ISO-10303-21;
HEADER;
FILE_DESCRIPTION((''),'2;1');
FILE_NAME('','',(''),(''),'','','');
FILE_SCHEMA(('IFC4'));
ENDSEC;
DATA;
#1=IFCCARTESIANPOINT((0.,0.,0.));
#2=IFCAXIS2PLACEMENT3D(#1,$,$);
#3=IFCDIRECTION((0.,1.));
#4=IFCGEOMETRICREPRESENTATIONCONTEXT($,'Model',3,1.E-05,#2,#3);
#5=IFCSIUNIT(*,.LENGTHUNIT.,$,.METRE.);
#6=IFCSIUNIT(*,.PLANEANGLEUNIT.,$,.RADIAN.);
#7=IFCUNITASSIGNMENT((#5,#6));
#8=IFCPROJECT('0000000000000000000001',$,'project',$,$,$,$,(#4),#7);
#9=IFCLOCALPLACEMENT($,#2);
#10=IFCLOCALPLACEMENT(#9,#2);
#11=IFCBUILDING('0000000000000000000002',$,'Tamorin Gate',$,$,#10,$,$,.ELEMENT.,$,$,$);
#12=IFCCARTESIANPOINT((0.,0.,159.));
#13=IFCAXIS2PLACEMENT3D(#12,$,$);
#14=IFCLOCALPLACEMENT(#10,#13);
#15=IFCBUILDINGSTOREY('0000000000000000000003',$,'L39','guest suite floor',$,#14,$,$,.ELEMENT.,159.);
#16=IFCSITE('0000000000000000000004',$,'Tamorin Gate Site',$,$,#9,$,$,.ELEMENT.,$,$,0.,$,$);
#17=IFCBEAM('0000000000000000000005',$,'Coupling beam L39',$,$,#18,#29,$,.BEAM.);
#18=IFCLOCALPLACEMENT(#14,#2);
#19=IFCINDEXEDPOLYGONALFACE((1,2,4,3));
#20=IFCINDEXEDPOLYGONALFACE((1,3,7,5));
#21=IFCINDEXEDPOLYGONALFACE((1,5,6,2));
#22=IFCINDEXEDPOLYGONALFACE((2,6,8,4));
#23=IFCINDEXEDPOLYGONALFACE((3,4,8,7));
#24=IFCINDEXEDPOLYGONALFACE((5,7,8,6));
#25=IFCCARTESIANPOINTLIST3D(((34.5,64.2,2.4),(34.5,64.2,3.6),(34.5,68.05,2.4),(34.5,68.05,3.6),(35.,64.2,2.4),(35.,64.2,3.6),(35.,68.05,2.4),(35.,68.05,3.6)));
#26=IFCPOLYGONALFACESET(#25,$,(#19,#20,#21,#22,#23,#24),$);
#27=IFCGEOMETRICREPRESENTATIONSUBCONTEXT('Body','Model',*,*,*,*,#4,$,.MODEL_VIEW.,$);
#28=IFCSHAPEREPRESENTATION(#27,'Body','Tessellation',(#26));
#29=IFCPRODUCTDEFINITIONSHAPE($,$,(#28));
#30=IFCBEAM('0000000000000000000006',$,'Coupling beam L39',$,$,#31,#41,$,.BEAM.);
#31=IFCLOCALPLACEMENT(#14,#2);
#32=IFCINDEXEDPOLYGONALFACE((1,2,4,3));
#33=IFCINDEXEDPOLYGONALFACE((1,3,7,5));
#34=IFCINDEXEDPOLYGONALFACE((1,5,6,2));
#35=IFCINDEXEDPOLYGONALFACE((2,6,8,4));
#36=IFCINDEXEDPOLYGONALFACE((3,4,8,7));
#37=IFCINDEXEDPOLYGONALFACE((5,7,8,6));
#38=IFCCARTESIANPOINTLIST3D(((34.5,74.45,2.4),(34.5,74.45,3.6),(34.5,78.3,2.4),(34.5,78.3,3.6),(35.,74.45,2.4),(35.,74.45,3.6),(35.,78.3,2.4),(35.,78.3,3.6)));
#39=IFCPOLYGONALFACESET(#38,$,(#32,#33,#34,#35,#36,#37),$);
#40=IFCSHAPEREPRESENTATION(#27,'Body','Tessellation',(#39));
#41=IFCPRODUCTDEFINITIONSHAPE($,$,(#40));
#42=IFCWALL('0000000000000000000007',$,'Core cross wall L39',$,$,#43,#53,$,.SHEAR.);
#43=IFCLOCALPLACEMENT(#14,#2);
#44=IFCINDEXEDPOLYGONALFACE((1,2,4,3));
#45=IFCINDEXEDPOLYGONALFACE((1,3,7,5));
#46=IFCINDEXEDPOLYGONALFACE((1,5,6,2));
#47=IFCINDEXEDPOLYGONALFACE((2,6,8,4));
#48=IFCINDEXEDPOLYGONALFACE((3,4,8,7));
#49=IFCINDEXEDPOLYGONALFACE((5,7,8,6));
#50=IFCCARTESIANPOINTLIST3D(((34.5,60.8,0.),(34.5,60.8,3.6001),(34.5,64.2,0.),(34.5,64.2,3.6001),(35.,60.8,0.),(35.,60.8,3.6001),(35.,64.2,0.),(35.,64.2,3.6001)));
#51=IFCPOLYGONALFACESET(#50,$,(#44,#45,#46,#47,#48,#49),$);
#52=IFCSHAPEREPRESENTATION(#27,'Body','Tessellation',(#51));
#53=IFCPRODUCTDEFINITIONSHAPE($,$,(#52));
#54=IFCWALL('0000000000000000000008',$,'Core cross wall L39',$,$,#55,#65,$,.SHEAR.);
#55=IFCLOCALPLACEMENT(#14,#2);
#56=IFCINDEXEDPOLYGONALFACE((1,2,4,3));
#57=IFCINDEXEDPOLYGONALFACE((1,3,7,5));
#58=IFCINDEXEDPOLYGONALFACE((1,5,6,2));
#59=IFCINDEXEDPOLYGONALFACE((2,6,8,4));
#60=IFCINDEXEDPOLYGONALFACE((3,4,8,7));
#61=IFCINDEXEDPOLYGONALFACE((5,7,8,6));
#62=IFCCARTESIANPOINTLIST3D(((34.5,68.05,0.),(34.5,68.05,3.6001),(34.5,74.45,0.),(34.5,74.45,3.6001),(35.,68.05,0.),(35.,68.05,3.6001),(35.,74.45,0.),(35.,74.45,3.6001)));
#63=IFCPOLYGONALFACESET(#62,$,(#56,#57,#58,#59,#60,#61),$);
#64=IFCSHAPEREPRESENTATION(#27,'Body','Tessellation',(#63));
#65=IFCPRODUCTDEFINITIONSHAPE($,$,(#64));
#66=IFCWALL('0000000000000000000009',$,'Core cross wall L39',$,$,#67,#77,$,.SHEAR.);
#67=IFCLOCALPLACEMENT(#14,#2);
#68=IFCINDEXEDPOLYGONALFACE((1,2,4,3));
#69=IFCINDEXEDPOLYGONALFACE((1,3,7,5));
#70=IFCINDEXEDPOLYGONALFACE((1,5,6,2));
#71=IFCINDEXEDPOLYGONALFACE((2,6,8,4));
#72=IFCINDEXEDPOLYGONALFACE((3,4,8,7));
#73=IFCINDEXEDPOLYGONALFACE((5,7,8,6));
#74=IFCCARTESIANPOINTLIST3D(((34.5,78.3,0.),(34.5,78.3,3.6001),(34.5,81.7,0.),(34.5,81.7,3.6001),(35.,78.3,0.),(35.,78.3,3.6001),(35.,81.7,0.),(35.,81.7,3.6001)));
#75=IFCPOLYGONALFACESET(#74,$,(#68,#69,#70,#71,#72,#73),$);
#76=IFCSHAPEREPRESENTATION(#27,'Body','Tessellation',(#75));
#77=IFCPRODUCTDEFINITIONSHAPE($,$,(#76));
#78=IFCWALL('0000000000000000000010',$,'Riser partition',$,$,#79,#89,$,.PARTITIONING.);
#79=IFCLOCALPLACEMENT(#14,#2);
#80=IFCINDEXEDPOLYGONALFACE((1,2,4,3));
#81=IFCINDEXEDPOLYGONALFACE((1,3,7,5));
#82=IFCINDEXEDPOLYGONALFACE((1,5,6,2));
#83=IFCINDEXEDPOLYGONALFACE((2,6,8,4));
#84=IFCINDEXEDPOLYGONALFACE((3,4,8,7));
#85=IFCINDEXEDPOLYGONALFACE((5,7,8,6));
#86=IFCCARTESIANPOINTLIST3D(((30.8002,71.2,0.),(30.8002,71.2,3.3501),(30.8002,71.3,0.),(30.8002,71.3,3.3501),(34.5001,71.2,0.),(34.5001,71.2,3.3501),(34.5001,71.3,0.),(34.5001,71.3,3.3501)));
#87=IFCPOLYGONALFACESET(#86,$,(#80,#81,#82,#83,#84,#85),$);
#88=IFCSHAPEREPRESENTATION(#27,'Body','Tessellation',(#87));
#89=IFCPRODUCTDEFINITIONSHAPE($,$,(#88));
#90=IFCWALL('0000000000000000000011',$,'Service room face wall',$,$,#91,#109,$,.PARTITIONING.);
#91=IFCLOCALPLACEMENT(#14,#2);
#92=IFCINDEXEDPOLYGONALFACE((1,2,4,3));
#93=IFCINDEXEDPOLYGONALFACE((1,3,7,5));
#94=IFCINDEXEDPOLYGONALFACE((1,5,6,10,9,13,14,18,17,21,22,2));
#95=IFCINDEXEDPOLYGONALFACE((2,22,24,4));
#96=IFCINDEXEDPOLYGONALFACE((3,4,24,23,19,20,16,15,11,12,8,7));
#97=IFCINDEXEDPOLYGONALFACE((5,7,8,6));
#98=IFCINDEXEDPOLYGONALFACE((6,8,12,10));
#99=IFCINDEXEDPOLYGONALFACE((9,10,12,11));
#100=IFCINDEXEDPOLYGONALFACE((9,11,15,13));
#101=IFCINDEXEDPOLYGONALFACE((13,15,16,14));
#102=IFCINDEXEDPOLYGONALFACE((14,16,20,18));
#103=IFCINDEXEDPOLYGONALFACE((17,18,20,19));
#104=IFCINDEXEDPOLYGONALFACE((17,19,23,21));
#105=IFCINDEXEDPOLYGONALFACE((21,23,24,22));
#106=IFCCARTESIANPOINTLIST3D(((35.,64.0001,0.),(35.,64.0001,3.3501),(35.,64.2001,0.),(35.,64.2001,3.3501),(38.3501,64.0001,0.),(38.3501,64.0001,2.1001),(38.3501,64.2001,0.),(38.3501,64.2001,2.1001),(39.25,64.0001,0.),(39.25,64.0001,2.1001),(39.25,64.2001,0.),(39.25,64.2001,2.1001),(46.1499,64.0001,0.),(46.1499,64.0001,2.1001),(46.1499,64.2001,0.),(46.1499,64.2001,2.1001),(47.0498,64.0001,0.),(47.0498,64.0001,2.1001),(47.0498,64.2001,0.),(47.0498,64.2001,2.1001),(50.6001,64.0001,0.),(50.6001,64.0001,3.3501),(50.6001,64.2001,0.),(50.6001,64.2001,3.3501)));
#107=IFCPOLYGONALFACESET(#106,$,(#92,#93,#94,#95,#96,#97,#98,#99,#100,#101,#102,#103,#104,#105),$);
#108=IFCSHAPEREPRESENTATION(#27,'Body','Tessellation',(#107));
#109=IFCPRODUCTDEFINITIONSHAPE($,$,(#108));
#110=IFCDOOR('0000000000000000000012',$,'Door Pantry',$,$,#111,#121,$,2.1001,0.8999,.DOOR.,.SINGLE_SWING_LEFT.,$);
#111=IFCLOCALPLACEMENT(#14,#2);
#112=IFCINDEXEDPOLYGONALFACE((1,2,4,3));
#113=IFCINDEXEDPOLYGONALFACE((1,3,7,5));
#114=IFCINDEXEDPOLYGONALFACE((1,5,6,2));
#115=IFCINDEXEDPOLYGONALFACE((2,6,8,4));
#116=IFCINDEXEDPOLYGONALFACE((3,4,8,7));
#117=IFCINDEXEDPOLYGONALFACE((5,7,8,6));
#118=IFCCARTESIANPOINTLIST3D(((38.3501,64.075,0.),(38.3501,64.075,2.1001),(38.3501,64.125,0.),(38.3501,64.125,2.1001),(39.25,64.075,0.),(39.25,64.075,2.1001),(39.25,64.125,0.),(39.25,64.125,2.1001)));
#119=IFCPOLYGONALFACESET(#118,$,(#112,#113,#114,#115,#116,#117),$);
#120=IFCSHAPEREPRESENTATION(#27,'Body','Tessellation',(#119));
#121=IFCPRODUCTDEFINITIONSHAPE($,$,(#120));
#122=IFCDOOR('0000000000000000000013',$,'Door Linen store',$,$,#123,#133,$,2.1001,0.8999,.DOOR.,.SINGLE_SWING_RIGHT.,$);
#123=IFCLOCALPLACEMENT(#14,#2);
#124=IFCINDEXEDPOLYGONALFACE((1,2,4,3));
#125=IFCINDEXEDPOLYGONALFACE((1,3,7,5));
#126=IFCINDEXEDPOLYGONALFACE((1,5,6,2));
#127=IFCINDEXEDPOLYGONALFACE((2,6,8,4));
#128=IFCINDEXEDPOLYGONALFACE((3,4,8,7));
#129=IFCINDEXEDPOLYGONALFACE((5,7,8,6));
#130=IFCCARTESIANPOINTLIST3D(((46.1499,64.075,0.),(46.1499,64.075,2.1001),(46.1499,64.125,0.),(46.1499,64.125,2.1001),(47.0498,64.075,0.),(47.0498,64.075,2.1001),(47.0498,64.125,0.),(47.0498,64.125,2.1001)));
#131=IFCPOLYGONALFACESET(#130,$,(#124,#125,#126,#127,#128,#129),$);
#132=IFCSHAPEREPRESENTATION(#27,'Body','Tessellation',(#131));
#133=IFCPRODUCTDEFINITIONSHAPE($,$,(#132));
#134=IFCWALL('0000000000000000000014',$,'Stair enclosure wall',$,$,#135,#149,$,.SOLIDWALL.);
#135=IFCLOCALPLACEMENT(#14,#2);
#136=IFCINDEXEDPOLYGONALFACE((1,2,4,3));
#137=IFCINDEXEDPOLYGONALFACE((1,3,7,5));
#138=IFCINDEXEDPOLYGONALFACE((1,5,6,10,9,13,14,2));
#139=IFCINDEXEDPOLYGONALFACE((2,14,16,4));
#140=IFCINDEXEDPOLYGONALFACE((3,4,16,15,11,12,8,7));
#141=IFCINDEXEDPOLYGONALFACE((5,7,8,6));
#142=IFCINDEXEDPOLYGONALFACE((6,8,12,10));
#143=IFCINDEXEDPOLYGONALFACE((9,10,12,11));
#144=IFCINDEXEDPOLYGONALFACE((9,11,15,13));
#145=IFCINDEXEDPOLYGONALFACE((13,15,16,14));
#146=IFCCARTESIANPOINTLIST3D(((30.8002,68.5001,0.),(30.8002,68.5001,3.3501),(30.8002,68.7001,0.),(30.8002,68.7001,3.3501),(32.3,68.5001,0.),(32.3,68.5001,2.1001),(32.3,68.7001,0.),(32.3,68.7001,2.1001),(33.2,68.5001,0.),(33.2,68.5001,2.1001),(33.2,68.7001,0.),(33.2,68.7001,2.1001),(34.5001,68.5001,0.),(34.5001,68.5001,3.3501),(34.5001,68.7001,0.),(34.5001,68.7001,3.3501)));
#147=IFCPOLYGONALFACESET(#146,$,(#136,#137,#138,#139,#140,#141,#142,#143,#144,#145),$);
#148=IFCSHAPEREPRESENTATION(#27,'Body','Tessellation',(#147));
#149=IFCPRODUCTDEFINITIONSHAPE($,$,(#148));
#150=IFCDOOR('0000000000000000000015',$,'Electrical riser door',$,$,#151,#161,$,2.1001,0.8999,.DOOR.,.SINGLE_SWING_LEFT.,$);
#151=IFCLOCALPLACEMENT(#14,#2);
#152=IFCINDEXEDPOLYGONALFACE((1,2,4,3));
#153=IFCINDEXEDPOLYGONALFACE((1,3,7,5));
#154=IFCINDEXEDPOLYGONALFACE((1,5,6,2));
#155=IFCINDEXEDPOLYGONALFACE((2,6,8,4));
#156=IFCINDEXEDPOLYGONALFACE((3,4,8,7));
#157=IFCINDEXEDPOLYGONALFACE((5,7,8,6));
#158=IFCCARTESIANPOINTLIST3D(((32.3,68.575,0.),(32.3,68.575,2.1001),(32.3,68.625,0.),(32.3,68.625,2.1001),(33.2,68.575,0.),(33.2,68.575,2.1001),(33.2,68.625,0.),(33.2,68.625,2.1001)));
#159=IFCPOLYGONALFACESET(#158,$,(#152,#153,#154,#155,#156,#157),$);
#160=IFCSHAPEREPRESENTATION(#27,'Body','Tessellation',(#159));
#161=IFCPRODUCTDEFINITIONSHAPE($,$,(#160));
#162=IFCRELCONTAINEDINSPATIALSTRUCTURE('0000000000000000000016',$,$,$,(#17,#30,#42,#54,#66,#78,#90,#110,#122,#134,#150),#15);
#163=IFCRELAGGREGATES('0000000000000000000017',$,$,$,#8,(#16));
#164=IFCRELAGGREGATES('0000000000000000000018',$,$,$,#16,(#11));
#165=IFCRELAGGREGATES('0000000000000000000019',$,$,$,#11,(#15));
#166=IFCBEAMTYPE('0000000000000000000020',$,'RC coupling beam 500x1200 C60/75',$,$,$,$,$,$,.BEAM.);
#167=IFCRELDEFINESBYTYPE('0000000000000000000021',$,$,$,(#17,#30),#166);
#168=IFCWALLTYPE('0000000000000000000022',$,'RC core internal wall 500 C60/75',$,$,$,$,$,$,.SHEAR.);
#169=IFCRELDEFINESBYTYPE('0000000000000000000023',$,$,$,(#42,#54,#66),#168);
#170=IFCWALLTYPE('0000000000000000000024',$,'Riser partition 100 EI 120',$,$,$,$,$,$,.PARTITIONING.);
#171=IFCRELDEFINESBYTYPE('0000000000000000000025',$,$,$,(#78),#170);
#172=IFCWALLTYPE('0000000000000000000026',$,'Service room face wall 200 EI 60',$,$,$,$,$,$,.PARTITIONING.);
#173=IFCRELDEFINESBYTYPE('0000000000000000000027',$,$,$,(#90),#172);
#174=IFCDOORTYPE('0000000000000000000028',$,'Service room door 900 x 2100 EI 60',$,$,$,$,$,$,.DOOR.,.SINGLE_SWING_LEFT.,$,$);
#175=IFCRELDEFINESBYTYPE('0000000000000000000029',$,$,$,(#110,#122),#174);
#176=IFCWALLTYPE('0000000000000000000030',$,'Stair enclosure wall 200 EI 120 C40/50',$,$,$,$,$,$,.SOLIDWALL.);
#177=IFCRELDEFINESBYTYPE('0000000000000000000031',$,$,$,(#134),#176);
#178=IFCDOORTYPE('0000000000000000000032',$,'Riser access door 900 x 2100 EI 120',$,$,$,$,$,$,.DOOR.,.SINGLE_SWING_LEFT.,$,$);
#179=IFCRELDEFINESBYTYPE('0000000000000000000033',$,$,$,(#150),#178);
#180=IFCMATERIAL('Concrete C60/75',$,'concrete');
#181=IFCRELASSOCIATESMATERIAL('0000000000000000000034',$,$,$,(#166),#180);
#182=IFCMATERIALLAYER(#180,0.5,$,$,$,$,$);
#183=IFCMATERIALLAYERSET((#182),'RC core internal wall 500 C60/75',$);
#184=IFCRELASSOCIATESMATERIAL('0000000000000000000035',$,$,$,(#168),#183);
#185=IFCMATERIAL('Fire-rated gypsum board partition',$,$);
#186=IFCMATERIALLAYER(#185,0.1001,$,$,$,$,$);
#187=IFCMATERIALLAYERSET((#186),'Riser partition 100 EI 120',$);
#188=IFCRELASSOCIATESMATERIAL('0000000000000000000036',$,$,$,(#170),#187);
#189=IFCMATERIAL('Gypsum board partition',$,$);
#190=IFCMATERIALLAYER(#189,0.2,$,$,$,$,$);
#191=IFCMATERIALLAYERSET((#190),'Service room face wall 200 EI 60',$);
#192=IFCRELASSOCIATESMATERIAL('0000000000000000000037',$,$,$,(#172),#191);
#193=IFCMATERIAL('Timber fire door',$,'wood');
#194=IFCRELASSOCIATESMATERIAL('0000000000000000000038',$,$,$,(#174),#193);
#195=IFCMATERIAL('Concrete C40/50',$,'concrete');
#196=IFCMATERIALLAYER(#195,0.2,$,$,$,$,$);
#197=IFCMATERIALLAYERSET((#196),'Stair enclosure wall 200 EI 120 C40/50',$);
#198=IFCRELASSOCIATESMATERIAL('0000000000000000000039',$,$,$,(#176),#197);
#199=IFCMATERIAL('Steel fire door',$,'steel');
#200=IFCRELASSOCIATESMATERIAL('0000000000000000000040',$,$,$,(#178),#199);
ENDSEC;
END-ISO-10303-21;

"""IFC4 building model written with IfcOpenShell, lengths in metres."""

from ifc_helpers import new_model, si_unit, direction, frame, frame_2d, origin, origin_2d, place, context, subcontext, project, spatial, rectangle, extrude, material, layer, layer_set, material_profile, profile_set, type_object, element, fill, save


model = new_model("IFC4")

# Units and contexts
model_context = context("Model", 3, precision=1e-05, world=origin(), true_north=direction((0.0, 1.0)))
body_context = subcontext(model_context, "Body", "Model", "MODEL_VIEW")
ifc_project = project(units=[si_unit("LENGTHUNIT", "METRE"), si_unit("PLANEANGLEUNIT", "RADIAN")], contexts=[model_context])

# Site, building, storey
site_placement = place(None, origin())
site = spatial("IfcSite", under=ifc_project, at=site_placement, Name="Tamorin Gate Site", CompositionType="ELEMENT", RefElevation=0.0)
building_placement = place(site_placement, origin())
building = spatial("IfcBuilding", under=site, at=building_placement, Name="Tamorin Gate", CompositionType="ELEMENT")
storey_placement = place(building_placement, frame((0.0, 0.0, 159.0)))
storey = spatial("IfcBuildingStorey", under=building, at=storey_placement, Name="L39", Description="guest suite floor", CompositionType="ELEMENT", Elevation=159.0)

# Beams
ifc_material_1 = material(Name="Concrete C60/75", Category="concrete")
ifc_material_profile = material_profile(ifc_material_1, rectangle(XDim=0.5, YDim=1.2, at=origin_2d()), Name="RC 500x1200")
ifc_profile_set = profile_set([ifc_material_profile], Name="Concrete C60/75")
beam_type = type_object("IfcBeamType", Name="RC coupling beam 500x1200 C60/75", PredefinedType="BEAM", material=ifc_profile_set)
for number, where, z_axis, x_axis, name in (
    (1, (34.75, 64.2, 3.0), (0.0, 1.0, 0.0), (-1.0, 0.0, 0.0), "Coupling beam L39"),
    (2, (34.75, 74.45, 3.0), (0.0, 1.0, 0.0), (-1.0, 0.0, 0.0), "Coupling beam L39"),
):
    element("IfcBeam", number, at=place(storey_placement, frame(where, z_axis=z_axis, x_axis=x_axis)), inside=storey, type_object=beam_type, Name=name, PredefinedType="BEAM", context=body_context, shape_type="SweptSolid", body=[
        extrude(rectangle(XDim=0.5, YDim=1.2, at=origin_2d()), origin(), (0.0, 0.0, 1.0), 3.8501),
    ])

# Walls
ifc_layer_1 = layer(ifc_material_1, 0.5)
ifc_layer_set_1 = layer_set([ifc_layer_1], Name="RC core internal wall 500 C60/75")
wall_type_1 = type_object("IfcWallType", Name="RC core internal wall 500 C60/75", PredefinedType="SHEAR", material=ifc_layer_set_1)
wall_1_placement = place(storey_placement, frame((34.75, 60.8, 0.0), z_axis=(0.0, 0.0, 1.0), x_axis=(0.0, 1.0, 0.0)))
element("IfcWall", 3, at=wall_1_placement, inside=storey, type_object=wall_type_1, Name="Core cross wall L39", PredefinedType="SHEAR", context=body_context, shape_type="SweptSolid", body=[
    extrude(rectangle(XDim=3.3999, YDim=0.5, at=frame_2d((1.7, 0.0))), origin(), (0.0, 0.0, 1.0), 3.6001),
])
wall_2_placement = place(storey_placement, frame((34.75, 68.05, 0.0), z_axis=(0.0, 0.0, 1.0), x_axis=(0.0, 1.0, 0.0)))
element("IfcWall", 4, at=wall_2_placement, inside=storey, type_object=wall_type_1, Name="Core cross wall L39", PredefinedType="SHEAR", context=body_context, shape_type="SweptSolid", body=[
    extrude(rectangle(XDim=6.3999, YDim=0.5, at=frame_2d((3.2, 0.0))), origin(), (0.0, 0.0, 1.0), 3.6001),
])
wall_3_placement = place(storey_placement, frame((34.75, 78.3, 0.0), z_axis=(0.0, 0.0, 1.0), x_axis=(0.0, 1.0, 0.0)))
element("IfcWall", 5, at=wall_3_placement, inside=storey, type_object=wall_type_1, Name="Core cross wall L39", PredefinedType="SHEAR", context=body_context, shape_type="SweptSolid", body=[
    extrude(rectangle(XDim=3.3999, YDim=0.5, at=frame_2d((1.7, 0.0))), origin(), (0.0, 0.0, 1.0), 3.6001),
])
ifc_material_2 = material(Name="Fire-rated gypsum board partition")
ifc_layer_2 = layer(ifc_material_2, 0.1001)
ifc_layer_set_2 = layer_set([ifc_layer_2], Name="Riser partition 100 EI 120")
wall_type_2 = type_object("IfcWallType", Name="Riser partition 100 EI 120", PredefinedType="PARTITIONING", material=ifc_layer_set_2)
wall_4_placement = place(storey_placement, frame((30.8, 71.25, 0.0), z_axis=(0.0, 0.0, 1.0), x_axis=(1.0, 0.0, 0.0)))
element("IfcWall", 6, at=wall_4_placement, inside=storey, type_object=wall_type_2, Name="Riser partition", PredefinedType="PARTITIONING", context=body_context, shape_type="SweptSolid", body=[
    extrude(rectangle(XDim=3.7, YDim=0.1001, at=frame_2d((1.8501, 0.0))), origin(), (0.0, 0.0, 1.0), 3.3501),
])

# Wall, openings, doors
ifc_material_3 = material(Name="Gypsum board partition")
ifc_layer_3 = layer(ifc_material_3, 0.2)
ifc_layer_set_3 = layer_set([ifc_layer_3], Name="Service room face wall 200 EI 60")
wall_type_3 = type_object("IfcWallType", Name="Service room face wall 200 EI 60", PredefinedType="PARTITIONING", material=ifc_layer_set_3)
wall_5_placement = place(storey_placement, frame((35.0, 64.1001, 0.0), z_axis=(0.0, 0.0, 1.0), x_axis=(1.0, 0.0, 0.0)))
wall_5 = element("IfcWall", 7, at=wall_5_placement, inside=storey, type_object=wall_type_3, Name="Service room face wall", PredefinedType="PARTITIONING", context=body_context, shape_type="SweptSolid", body=[
    extrude(rectangle(XDim=15.6001, YDim=0.2, at=frame_2d((7.8, 0.0))), origin(), (0.0, 0.0, 1.0), 3.3501),
])
opening_1_placement = place(wall_5_placement, frame((3.3501, 0.0, 0.0)))
opening_1 = element("IfcOpeningElement", 8, at=opening_1_placement, cuts=wall_5, PredefinedType="OPENING", context=body_context, shape_type="SweptSolid", body=[
    extrude(rectangle(XDim=0.8999, YDim=2.1001, at=frame_2d((0.45, 1.05))), frame((0.0, 0.1099, 0.0), z_axis=(0.0, -1.0, 0.0), x_axis=(1.0, 0.0, 0.0)), (0.0, 0.0, 1.0), 0.22),
])
opening_2_placement = place(wall_5_placement, frame((11.1499, 0.0, 0.0)))
opening_2 = element("IfcOpeningElement", 9, at=opening_2_placement, cuts=wall_5, PredefinedType="OPENING", context=body_context, shape_type="SweptSolid", body=[
    extrude(rectangle(XDim=0.8999, YDim=2.1001, at=frame_2d((0.45, 1.05))), frame((0.0, 0.1099, 0.0), z_axis=(0.0, -1.0, 0.0), x_axis=(1.0, 0.0, 0.0)), (0.0, 0.0, 1.0), 0.22),
])
ifc_material_4 = material(Name="Timber fire door", Category="wood")
door_type_1 = type_object("IfcDoorType", Name="Service room door 900 x 2100 EI 60", OperationType="SINGLE_SWING_LEFT", PredefinedType="DOOR", material=ifc_material_4)
door_1_placement = place(opening_1_placement, origin())
door_1 = element("IfcDoor", 10, at=door_1_placement, inside=storey, type_object=door_type_1, Name="Door Pantry", OperationType="SINGLE_SWING_LEFT", OverallHeight=2.1001, OverallWidth=0.8999, PredefinedType="DOOR", context=body_context, shape_type="SweptSolid", body=[
    extrude(rectangle(XDim=0.8999, YDim=2.1001, at=frame_2d((0.45, 1.05))), frame((0.0, 0.0249, 0.0), z_axis=(0.0, -1.0, 0.0), x_axis=(1.0, 0.0, 0.0)), (0.0, 0.0, 1.0), 0.05),
])
fill(opening_1, door_1)
door_2_placement = place(opening_2_placement, origin())
door_2 = element("IfcDoor", 11, at=door_2_placement, inside=storey, type_object=door_type_1, Name="Door Linen store", OperationType="SINGLE_SWING_RIGHT", OverallHeight=2.1001, OverallWidth=0.8999, PredefinedType="DOOR", context=body_context, shape_type="SweptSolid", body=[
    extrude(rectangle(XDim=0.8999, YDim=2.1001, at=frame_2d((0.45, 1.05))), frame((0.0, 0.0249, 0.0), z_axis=(0.0, -1.0, 0.0), x_axis=(1.0, 0.0, 0.0)), (0.0, 0.0, 1.0), 0.05),
])
fill(opening_2, door_2)

# Wall, opening, door
ifc_material_5 = material(Name="Concrete C40/50", Category="concrete")
ifc_layer_4 = layer(ifc_material_5, 0.2)
ifc_layer_set_4 = layer_set([ifc_layer_4], Name="Stair enclosure wall 200 EI 120 C40/50")
wall_type_4 = type_object("IfcWallType", Name="Stair enclosure wall 200 EI 120 C40/50", PredefinedType="SOLIDWALL", material=ifc_layer_set_4)
wall_6_placement = place(storey_placement, frame((30.8, 68.6001, 0.0), z_axis=(0.0, 0.0, 1.0), x_axis=(1.0, 0.0, 0.0)))
wall_6 = element("IfcWall", 12, at=wall_6_placement, inside=storey, type_object=wall_type_4, Name="Stair enclosure wall", PredefinedType="SOLIDWALL", context=body_context, shape_type="SweptSolid", body=[
    extrude(rectangle(XDim=3.7, YDim=0.2, at=frame_2d((1.8501, 0.0))), origin(), (0.0, 0.0, 1.0), 3.3501),
])
opening_3_placement = place(wall_6_placement, frame((1.5, 0.0, 0.0)))
opening_3 = element("IfcOpeningElement", 13, at=opening_3_placement, cuts=wall_6, PredefinedType="OPENING", context=body_context, shape_type="SweptSolid", body=[
    extrude(rectangle(XDim=0.8999, YDim=2.1001, at=frame_2d((0.45, 1.05))), frame((0.0, 0.1099, 0.0), z_axis=(0.0, -1.0, 0.0), x_axis=(1.0, 0.0, 0.0)), (0.0, 0.0, 1.0), 0.22),
])
ifc_material_6 = material(Name="Steel fire door", Category="steel")
door_type_2 = type_object("IfcDoorType", Name="Riser access door 900 x 2100 EI 120", OperationType="SINGLE_SWING_LEFT", PredefinedType="DOOR", material=ifc_material_6)
door_3_placement = place(opening_3_placement, origin())
door_3 = element("IfcDoor", 14, at=door_3_placement, inside=storey, type_object=door_type_2, Name="Electrical riser door", OperationType="SINGLE_SWING_LEFT", OverallHeight=2.1001, OverallWidth=0.8999, PredefinedType="DOOR", context=body_context, shape_type="SweptSolid", body=[
    extrude(rectangle(XDim=0.8999, YDim=2.1001, at=frame_2d((0.45, 1.05))), frame((0.0, 0.0249, 0.0), z_axis=(0.0, -1.0, 0.0), x_axis=(1.0, 0.0, 0.0)), (0.0, 0.0, 1.0), 0.05),
])
fill(opening_3, door_3)

save(model, "model.ifc")
